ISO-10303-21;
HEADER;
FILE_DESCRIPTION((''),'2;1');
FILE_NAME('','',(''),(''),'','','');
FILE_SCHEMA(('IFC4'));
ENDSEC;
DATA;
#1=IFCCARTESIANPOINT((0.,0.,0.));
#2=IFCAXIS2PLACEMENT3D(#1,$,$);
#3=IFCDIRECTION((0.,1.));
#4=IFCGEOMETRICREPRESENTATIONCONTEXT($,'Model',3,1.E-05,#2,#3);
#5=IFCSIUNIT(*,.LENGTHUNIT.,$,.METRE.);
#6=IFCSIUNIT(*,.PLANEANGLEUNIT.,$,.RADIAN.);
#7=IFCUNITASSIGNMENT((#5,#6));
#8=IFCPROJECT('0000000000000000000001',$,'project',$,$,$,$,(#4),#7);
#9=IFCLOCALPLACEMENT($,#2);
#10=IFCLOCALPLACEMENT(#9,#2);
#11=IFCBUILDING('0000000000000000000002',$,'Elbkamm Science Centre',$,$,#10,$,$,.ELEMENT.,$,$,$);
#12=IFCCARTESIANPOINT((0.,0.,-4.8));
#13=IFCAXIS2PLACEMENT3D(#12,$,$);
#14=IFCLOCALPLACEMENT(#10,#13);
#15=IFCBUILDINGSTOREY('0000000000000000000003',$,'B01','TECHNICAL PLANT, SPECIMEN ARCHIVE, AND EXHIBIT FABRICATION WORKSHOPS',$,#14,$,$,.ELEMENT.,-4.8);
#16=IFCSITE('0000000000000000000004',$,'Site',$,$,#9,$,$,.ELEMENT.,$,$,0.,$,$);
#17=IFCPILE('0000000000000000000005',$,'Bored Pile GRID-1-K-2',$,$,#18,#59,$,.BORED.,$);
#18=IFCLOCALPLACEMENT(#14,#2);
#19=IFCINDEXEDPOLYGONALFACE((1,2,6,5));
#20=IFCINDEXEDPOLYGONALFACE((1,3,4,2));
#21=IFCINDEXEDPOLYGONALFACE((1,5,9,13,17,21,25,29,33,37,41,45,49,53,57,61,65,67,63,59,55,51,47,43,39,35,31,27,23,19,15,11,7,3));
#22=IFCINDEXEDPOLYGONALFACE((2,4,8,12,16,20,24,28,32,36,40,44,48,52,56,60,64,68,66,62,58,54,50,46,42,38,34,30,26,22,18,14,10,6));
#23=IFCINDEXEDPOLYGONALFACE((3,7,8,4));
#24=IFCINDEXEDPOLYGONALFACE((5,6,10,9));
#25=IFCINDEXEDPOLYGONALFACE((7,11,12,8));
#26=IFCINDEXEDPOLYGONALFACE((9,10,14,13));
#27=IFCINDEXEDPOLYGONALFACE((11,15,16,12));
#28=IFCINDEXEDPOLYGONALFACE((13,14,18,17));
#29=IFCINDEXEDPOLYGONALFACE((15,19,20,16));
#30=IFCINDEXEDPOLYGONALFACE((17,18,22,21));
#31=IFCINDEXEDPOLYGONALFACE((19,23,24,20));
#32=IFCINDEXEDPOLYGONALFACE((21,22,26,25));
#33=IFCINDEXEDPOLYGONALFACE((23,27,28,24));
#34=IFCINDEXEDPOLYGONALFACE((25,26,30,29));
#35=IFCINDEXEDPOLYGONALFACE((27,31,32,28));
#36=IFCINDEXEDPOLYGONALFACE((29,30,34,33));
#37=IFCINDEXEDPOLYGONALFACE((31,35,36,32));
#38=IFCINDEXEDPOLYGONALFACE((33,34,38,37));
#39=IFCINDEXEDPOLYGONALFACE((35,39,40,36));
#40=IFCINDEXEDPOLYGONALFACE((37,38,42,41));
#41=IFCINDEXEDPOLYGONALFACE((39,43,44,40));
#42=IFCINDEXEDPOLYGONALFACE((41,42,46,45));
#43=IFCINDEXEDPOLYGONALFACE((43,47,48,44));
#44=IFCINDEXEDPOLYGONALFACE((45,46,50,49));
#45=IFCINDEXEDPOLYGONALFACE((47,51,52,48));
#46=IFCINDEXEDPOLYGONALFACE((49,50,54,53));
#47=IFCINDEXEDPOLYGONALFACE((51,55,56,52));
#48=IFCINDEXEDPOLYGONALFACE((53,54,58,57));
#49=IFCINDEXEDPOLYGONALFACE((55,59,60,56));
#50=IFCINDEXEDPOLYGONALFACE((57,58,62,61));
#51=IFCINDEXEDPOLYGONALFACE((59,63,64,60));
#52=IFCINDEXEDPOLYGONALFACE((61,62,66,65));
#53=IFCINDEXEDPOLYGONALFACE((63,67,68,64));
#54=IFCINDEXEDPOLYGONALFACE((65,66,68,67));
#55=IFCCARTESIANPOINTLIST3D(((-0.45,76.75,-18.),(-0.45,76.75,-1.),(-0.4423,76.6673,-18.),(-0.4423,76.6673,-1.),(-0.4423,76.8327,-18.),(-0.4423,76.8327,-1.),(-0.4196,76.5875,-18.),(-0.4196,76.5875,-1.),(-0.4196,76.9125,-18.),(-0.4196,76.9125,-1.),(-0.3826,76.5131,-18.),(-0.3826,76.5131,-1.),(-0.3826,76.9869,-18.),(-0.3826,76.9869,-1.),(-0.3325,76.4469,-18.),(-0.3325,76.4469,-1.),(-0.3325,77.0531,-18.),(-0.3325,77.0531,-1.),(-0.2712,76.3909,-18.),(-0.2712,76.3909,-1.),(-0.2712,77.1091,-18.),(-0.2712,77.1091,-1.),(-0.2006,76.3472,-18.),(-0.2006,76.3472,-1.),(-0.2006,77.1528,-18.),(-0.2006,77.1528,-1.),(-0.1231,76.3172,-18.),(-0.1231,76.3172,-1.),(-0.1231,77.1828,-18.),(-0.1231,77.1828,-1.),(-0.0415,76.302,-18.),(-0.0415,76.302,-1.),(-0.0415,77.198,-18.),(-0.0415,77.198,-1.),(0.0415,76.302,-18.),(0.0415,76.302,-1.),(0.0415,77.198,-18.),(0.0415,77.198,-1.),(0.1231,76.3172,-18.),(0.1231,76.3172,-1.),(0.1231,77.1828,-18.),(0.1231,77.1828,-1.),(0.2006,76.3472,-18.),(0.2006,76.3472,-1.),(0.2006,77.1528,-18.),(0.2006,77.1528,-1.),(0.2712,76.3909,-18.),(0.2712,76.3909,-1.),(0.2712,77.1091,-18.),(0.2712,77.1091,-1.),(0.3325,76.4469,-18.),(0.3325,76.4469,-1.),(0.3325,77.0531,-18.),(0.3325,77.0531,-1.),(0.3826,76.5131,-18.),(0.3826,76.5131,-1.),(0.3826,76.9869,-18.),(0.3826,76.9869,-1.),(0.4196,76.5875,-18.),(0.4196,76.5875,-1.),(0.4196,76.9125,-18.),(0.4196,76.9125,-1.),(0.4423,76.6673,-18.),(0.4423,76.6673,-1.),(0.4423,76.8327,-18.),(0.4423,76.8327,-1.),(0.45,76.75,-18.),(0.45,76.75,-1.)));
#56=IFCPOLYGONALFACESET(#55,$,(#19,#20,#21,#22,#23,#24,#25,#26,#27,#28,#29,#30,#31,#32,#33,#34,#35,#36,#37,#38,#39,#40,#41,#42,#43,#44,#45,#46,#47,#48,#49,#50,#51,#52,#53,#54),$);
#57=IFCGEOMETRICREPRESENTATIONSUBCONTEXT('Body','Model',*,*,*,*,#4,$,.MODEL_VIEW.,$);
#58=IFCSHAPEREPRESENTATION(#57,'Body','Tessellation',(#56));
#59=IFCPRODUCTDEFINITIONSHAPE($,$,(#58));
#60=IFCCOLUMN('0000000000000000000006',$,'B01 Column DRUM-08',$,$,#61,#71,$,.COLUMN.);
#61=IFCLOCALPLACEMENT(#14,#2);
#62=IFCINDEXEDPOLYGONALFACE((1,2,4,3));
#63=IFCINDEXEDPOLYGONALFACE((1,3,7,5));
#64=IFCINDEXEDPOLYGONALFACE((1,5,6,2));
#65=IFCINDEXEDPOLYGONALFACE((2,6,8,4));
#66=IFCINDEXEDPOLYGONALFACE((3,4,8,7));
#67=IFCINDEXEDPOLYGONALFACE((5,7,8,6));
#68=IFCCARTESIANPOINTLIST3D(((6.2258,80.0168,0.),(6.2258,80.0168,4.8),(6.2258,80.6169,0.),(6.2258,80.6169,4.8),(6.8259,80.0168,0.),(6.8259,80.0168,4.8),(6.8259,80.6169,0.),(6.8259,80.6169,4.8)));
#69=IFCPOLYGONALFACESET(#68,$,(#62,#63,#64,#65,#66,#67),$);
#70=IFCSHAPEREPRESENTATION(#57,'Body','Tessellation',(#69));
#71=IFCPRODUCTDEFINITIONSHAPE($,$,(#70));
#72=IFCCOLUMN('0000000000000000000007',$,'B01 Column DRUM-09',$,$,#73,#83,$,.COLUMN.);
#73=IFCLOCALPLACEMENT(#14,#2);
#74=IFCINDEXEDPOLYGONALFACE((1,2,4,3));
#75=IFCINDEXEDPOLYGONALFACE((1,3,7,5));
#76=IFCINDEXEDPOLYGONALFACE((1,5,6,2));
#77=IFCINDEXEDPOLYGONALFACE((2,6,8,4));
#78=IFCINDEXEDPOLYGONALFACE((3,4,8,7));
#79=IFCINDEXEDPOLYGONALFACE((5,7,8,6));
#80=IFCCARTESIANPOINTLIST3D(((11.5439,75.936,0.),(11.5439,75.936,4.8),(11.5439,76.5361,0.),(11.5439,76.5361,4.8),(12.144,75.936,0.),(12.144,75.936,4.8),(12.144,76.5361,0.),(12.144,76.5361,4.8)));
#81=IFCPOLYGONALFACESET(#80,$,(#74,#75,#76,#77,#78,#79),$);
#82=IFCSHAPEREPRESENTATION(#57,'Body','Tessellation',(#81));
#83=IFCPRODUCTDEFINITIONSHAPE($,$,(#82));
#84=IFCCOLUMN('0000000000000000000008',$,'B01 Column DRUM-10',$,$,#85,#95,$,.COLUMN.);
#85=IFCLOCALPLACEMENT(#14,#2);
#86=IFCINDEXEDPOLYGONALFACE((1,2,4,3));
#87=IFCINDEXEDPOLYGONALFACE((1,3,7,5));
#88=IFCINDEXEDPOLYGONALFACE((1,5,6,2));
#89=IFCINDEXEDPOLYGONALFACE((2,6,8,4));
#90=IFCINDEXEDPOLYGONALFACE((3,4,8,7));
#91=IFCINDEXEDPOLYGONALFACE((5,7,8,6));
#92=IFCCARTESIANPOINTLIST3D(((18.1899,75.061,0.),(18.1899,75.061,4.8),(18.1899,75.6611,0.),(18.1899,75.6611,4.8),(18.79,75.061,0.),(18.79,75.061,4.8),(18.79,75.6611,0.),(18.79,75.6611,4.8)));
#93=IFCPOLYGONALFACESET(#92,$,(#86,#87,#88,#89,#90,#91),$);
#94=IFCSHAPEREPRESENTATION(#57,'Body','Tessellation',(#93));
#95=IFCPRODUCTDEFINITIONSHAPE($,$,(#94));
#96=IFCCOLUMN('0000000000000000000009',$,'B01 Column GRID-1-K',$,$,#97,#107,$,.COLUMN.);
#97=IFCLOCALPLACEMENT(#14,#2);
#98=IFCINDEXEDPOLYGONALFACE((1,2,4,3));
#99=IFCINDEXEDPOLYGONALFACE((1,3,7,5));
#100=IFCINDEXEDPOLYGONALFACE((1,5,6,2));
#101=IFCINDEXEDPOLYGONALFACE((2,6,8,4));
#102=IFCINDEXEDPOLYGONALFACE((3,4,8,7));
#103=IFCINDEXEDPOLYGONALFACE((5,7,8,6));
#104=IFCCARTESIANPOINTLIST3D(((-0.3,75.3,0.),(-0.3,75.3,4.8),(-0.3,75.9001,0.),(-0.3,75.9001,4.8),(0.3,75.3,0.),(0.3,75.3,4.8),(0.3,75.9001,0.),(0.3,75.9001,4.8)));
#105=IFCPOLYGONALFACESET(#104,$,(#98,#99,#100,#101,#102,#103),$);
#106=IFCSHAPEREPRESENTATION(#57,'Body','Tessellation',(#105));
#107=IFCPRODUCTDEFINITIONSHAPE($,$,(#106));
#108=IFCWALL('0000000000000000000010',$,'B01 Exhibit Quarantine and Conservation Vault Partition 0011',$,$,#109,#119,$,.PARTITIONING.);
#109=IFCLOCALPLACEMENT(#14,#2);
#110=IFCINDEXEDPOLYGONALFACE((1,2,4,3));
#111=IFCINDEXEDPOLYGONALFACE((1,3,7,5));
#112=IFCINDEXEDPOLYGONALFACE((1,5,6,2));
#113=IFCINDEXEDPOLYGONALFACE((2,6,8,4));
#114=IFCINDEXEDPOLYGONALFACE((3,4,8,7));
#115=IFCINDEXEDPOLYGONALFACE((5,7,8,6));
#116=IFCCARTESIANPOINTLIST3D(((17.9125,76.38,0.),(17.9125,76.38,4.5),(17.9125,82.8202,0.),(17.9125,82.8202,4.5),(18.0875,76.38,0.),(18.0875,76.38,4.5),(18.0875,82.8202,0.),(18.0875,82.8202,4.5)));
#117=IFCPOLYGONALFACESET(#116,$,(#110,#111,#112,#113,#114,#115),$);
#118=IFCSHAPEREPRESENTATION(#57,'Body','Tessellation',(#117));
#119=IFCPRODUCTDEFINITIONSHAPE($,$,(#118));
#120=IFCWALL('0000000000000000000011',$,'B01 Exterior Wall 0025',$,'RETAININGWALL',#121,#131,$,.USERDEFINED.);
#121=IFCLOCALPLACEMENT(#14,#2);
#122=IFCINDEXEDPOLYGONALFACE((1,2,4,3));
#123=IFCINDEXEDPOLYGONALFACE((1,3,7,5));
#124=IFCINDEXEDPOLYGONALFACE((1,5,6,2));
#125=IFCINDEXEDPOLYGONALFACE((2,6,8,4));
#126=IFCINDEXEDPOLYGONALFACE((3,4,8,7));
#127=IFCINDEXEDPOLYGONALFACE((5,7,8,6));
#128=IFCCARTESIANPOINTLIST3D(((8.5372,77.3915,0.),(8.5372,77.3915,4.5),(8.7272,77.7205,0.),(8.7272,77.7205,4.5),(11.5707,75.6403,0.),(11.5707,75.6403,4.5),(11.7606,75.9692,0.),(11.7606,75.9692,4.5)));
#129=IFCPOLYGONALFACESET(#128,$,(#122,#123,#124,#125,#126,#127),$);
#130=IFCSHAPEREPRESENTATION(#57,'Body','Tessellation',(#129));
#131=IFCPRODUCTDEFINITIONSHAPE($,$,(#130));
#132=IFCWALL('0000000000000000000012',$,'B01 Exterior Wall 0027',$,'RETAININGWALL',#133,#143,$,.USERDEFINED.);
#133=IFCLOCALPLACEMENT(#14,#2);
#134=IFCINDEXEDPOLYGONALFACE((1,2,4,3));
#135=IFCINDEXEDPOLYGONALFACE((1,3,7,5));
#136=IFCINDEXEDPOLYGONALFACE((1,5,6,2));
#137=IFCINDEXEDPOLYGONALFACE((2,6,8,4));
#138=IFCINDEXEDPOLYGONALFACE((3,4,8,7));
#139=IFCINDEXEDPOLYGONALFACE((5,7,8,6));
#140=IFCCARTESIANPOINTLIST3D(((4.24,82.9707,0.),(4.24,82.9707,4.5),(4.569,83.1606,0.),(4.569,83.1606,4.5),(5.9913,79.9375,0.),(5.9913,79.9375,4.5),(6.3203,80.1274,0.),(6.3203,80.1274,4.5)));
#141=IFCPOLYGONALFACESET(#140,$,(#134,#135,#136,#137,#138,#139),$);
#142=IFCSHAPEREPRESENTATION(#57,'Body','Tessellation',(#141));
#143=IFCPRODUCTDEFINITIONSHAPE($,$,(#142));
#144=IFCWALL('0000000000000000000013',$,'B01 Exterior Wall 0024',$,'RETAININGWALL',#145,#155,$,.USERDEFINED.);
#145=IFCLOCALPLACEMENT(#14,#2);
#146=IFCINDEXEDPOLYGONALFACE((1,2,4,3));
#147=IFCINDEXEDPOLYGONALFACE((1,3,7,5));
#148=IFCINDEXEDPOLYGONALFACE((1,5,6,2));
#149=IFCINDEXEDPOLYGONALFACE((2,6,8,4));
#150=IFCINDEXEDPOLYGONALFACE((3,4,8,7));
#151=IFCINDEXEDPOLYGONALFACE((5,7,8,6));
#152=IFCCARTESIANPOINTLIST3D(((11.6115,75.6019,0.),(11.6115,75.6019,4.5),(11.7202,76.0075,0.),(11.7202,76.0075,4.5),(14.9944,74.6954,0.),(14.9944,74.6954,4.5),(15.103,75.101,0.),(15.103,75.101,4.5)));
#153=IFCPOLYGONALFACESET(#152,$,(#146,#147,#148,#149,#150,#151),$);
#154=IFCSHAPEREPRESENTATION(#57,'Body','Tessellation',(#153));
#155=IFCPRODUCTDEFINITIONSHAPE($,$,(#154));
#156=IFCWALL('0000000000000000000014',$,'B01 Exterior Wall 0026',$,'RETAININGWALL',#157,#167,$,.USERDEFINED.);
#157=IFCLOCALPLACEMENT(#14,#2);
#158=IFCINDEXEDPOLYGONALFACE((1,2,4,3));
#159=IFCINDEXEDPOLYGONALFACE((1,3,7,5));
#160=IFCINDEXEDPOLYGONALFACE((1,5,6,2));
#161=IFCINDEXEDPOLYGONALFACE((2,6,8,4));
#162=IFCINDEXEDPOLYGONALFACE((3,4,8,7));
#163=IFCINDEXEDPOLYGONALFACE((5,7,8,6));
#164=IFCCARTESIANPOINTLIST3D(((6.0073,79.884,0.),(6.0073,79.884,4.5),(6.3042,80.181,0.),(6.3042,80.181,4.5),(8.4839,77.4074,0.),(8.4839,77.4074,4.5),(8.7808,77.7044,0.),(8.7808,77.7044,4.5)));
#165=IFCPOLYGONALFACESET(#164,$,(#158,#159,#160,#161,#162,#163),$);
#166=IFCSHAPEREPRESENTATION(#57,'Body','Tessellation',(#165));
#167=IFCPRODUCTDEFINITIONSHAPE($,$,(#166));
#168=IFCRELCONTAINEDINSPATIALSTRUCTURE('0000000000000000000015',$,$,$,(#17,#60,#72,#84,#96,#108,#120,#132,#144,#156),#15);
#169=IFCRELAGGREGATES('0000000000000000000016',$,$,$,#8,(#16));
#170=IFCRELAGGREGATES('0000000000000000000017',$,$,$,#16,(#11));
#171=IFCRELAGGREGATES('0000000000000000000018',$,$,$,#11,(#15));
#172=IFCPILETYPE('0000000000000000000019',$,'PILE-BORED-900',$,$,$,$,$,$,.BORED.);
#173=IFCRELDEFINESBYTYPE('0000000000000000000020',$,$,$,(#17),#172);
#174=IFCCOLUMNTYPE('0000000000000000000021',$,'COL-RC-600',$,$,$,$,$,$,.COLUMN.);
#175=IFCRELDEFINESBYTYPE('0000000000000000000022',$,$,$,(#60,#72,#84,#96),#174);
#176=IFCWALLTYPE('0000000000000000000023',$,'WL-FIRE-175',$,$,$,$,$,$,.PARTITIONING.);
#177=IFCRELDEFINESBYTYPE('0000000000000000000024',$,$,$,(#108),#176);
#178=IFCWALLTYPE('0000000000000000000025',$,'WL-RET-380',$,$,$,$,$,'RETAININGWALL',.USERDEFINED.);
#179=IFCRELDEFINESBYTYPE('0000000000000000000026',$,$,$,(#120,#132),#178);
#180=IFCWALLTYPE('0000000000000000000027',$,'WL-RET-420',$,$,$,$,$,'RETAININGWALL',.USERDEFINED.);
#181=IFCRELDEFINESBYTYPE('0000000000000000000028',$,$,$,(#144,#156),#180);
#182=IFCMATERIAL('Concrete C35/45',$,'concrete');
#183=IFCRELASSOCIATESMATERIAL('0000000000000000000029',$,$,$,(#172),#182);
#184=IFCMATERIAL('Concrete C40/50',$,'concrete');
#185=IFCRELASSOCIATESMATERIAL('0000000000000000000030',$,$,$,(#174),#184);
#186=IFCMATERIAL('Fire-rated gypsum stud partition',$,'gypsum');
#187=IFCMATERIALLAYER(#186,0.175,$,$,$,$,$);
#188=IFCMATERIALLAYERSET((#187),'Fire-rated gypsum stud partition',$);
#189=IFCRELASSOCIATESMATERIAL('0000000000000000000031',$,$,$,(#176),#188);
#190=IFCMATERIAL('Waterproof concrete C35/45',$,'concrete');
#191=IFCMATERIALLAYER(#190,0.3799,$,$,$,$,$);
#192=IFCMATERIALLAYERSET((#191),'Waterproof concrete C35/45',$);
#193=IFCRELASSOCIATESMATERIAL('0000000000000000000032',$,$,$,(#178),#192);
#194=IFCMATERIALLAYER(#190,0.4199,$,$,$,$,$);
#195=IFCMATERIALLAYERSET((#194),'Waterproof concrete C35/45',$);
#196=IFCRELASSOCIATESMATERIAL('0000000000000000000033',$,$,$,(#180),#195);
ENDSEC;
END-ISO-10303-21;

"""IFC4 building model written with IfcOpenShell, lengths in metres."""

from ifc_helpers import new_model, si_unit, direction, frame, frame_2d, origin, origin_2d, place, context, subcontext, project, spatial, rectangle, circle, extrude, material, layer, layer_set, material_profile, profile_set, type_object, element, save


model = new_model("IFC4")

# Units and contexts
model_context = context("Model", 3, precision=1e-05, world=origin(), true_north=direction((0.0, 1.0)))
body_context = subcontext(model_context, "Body", "Model", "MODEL_VIEW")
ifc_project = project(units=[si_unit("LENGTHUNIT", "METRE"), si_unit("PLANEANGLEUNIT", "RADIAN")], contexts=[model_context])

# Site, building, storey
site_placement = place(None, origin())
site = spatial("IfcSite", under=ifc_project, at=site_placement, Name="Site", CompositionType="ELEMENT", RefElevation=0.0)
building_placement = place(site_placement, origin())
building = spatial("IfcBuilding", under=site, at=building_placement, Name="Elbkamm Science Centre", CompositionType="ELEMENT")
storey_placement = place(building_placement, frame((0.0, 0.0, -4.8)))
storey = spatial("IfcBuildingStorey", under=building, at=storey_placement, Name="B01", Description="TECHNICAL PLANT, SPECIMEN ARCHIVE, AND EXHIBIT FABRICATION WORKSHOPS", CompositionType="ELEMENT", Elevation=-4.8)

# Shared definitions
ifc_material_1 = material(Name="Concrete C35/45", Category="concrete")

# Pile
ifc_material_profile_1 = material_profile(ifc_material_1, circle(Radius=0.45, at=origin_2d()), Name="PILE D900")
ifc_profile_set_1 = profile_set([ifc_material_profile_1], Name="Concrete C35/45")
pile_type = type_object("IfcPileType", Name="PILE-BORED-900", PredefinedType="BORED", material=ifc_profile_set_1)
for number, where, z_axis, x_axis, name in (
    (1, (0.0, 76.75, -1.0), (0.0, 0.0, -1.0), (1.0, 0.0, 0.0), "Bored Pile GRID-1-K-2"),
):
    element("IfcPile", number, at=place(storey_placement, frame(where, z_axis=z_axis, x_axis=x_axis)), inside=storey, type_object=pile_type, Name=name, PredefinedType="BORED", context=body_context, shape_type="SweptSolid", body=[
        extrude(circle(Radius=0.45, at=origin_2d()), origin(), (0.0, 0.0, 1.0), 17.0),
    ])

# Columns
ifc_material_2 = material(Name="Concrete C40/50", Category="concrete")
ifc_material_profile_2 = material_profile(ifc_material_2, rectangle(XDim=0.6001, YDim=0.6001, at=origin_2d()), Name="RC 600x600")
ifc_profile_set_2 = profile_set([ifc_material_profile_2], Name="Concrete C40/50")
column_type = type_object("IfcColumnType", Name="COL-RC-600", PredefinedType="COLUMN", material=ifc_profile_set_2)
for number, where, z_axis, x_axis, name in (
    (2, (6.5259, 80.3169, 0.0), (0.0, 0.0, 1.0), (1.0, 0.0, 0.0), "B01 Column DRUM-08"),
    (3, (11.844, 76.2361, 0.0), (0.0, 0.0, 1.0), (1.0, 0.0, 0.0), "B01 Column DRUM-09"),
    (4, (18.49, 75.3611, 0.0), (0.0, 0.0, 1.0), (1.0, 0.0, 0.0), "B01 Column DRUM-10"),
    (5, (0.0, 75.6001, 0.0), (0.0, 0.0, 1.0), (1.0, 0.0, 0.0), "B01 Column GRID-1-K"),
):
    element("IfcColumn", number, at=place(storey_placement, frame(where, z_axis=z_axis, x_axis=x_axis)), inside=storey, type_object=column_type, Name=name, PredefinedType="COLUMN", context=body_context, shape_type="SweptSolid", body=[
        extrude(rectangle(XDim=0.6001, YDim=0.6001, at=origin_2d()), origin(), (0.0, 0.0, 1.0), 4.8),
    ])

# Walls
ifc_material_3 = material(Name="Fire-rated gypsum stud partition", Category="gypsum")
ifc_layer_1 = layer(ifc_material_3, 0.175)
ifc_layer_set_1 = layer_set([ifc_layer_1], Name="Fire-rated gypsum stud partition")
wall_type_1 = type_object("IfcWallType", Name="WL-FIRE-175", PredefinedType="PARTITIONING", material=ifc_layer_set_1)
wall_1_placement = place(storey_placement, frame((18.0, 76.3799, 0.0), z_axis=(0.0, 0.0, 1.0), x_axis=(0.0, 1.0, 0.0)))
element("IfcWall", 6, at=wall_1_placement, inside=storey, type_object=wall_type_1, Name="B01 Exhibit Quarantine and Conservation Vault Partition 0011", PredefinedType="PARTITIONING", context=body_context, shape_type="SweptSolid", body=[
    extrude(rectangle(XDim=6.4402, YDim=0.175, at=frame_2d((3.2202, 0.0))), origin(), (0.0, 0.0, 1.0), 4.5),
])
ifc_material_4 = material(Name="Waterproof concrete C35/45", Category="concrete")
ifc_layer_2 = layer(ifc_material_4, 0.3799)
ifc_layer_set_2 = layer_set([ifc_layer_2], Name="Waterproof concrete C35/45")
wall_type_2 = type_object("IfcWallType", Name="WL-RET-380", ElementType="RETAININGWALL", PredefinedType="USERDEFINED", material=ifc_layer_set_2)
wall_2_placement = place(storey_placement, frame((11.6658, 75.8047, 0.0), z_axis=(0.0, 0.0, 1.0), x_axis=(-0.866043, 0.49997, 0.0)))
element("IfcWall", 7, at=wall_2_placement, inside=storey, type_object=wall_type_2, Name="B01 Exterior Wall 0025", ObjectType="RETAININGWALL", PredefinedType="USERDEFINED", context=body_context, shape_type="SweptSolid", body=[
    extrude(rectangle(XDim=3.5027, YDim=0.3799, at=frame_2d((1.7515, 0.0))), origin(), (0.0, 0.0, 1.0), 4.5),
])
wall_3_placement = place(storey_placement, frame((6.1558, 80.0325, 0.0), z_axis=(0.0, 0.0, 1.0), x_axis=(-0.5, 0.866025, 0.0)))
element("IfcWall", 8, at=wall_3_placement, inside=storey, type_object=wall_type_2, Name="B01 Exterior Wall 0027", ObjectType="RETAININGWALL", PredefinedType="USERDEFINED", context=body_context, shape_type="SweptSolid", body=[
    extrude(rectangle(XDim=3.5024, YDim=0.3799, at=frame_2d((1.7512, 0.0))), origin(), (0.0, 0.0, 1.0), 4.5),
])
ifc_layer_3 = layer(ifc_material_4, 0.4199)
ifc_layer_set_3 = layer_set([ifc_layer_3], Name="Waterproof concrete C35/45")
wall_type_3 = type_object("IfcWallType", Name="WL-RET-420", ElementType="RETAININGWALL", PredefinedType="USERDEFINED", material=ifc_layer_set_3)
wall_4_placement = place(storey_placement, frame((15.0486, 74.8982, 0.0), z_axis=(0.0, 0.0, 1.0), x_axis=(-0.965921, 0.258838, 0.0)))
element("IfcWall", 9, at=wall_4_placement, inside=storey, type_object=wall_type_3, Name="B01 Exterior Wall 0024", ObjectType="RETAININGWALL", PredefinedType="USERDEFINED", context=body_context, shape_type="SweptSolid", body=[
    extrude(rectangle(XDim=3.5022, YDim=0.4199, at=frame_2d((1.751, 0.0))), origin(), (0.0, 0.0, 1.0), 4.5),
])
wall_5_placement = place(storey_placement, frame((8.6323, 77.5559, 0.0), z_axis=(0.0, 0.0, 1.0), x_axis=(-0.707107, 0.707107, 0.0)))
element("IfcWall", 10, at=wall_5_placement, inside=storey, type_object=wall_type_3, Name="B01 Exterior Wall 0026", ObjectType="RETAININGWALL", PredefinedType="USERDEFINED", context=body_context, shape_type="SweptSolid", body=[
    extrude(rectangle(XDim=3.5024, YDim=0.4199, at=frame_2d((1.7512, 0.0))), origin(), (0.0, 0.0, 1.0), 4.5),
])

save(model, "model.ifc")
